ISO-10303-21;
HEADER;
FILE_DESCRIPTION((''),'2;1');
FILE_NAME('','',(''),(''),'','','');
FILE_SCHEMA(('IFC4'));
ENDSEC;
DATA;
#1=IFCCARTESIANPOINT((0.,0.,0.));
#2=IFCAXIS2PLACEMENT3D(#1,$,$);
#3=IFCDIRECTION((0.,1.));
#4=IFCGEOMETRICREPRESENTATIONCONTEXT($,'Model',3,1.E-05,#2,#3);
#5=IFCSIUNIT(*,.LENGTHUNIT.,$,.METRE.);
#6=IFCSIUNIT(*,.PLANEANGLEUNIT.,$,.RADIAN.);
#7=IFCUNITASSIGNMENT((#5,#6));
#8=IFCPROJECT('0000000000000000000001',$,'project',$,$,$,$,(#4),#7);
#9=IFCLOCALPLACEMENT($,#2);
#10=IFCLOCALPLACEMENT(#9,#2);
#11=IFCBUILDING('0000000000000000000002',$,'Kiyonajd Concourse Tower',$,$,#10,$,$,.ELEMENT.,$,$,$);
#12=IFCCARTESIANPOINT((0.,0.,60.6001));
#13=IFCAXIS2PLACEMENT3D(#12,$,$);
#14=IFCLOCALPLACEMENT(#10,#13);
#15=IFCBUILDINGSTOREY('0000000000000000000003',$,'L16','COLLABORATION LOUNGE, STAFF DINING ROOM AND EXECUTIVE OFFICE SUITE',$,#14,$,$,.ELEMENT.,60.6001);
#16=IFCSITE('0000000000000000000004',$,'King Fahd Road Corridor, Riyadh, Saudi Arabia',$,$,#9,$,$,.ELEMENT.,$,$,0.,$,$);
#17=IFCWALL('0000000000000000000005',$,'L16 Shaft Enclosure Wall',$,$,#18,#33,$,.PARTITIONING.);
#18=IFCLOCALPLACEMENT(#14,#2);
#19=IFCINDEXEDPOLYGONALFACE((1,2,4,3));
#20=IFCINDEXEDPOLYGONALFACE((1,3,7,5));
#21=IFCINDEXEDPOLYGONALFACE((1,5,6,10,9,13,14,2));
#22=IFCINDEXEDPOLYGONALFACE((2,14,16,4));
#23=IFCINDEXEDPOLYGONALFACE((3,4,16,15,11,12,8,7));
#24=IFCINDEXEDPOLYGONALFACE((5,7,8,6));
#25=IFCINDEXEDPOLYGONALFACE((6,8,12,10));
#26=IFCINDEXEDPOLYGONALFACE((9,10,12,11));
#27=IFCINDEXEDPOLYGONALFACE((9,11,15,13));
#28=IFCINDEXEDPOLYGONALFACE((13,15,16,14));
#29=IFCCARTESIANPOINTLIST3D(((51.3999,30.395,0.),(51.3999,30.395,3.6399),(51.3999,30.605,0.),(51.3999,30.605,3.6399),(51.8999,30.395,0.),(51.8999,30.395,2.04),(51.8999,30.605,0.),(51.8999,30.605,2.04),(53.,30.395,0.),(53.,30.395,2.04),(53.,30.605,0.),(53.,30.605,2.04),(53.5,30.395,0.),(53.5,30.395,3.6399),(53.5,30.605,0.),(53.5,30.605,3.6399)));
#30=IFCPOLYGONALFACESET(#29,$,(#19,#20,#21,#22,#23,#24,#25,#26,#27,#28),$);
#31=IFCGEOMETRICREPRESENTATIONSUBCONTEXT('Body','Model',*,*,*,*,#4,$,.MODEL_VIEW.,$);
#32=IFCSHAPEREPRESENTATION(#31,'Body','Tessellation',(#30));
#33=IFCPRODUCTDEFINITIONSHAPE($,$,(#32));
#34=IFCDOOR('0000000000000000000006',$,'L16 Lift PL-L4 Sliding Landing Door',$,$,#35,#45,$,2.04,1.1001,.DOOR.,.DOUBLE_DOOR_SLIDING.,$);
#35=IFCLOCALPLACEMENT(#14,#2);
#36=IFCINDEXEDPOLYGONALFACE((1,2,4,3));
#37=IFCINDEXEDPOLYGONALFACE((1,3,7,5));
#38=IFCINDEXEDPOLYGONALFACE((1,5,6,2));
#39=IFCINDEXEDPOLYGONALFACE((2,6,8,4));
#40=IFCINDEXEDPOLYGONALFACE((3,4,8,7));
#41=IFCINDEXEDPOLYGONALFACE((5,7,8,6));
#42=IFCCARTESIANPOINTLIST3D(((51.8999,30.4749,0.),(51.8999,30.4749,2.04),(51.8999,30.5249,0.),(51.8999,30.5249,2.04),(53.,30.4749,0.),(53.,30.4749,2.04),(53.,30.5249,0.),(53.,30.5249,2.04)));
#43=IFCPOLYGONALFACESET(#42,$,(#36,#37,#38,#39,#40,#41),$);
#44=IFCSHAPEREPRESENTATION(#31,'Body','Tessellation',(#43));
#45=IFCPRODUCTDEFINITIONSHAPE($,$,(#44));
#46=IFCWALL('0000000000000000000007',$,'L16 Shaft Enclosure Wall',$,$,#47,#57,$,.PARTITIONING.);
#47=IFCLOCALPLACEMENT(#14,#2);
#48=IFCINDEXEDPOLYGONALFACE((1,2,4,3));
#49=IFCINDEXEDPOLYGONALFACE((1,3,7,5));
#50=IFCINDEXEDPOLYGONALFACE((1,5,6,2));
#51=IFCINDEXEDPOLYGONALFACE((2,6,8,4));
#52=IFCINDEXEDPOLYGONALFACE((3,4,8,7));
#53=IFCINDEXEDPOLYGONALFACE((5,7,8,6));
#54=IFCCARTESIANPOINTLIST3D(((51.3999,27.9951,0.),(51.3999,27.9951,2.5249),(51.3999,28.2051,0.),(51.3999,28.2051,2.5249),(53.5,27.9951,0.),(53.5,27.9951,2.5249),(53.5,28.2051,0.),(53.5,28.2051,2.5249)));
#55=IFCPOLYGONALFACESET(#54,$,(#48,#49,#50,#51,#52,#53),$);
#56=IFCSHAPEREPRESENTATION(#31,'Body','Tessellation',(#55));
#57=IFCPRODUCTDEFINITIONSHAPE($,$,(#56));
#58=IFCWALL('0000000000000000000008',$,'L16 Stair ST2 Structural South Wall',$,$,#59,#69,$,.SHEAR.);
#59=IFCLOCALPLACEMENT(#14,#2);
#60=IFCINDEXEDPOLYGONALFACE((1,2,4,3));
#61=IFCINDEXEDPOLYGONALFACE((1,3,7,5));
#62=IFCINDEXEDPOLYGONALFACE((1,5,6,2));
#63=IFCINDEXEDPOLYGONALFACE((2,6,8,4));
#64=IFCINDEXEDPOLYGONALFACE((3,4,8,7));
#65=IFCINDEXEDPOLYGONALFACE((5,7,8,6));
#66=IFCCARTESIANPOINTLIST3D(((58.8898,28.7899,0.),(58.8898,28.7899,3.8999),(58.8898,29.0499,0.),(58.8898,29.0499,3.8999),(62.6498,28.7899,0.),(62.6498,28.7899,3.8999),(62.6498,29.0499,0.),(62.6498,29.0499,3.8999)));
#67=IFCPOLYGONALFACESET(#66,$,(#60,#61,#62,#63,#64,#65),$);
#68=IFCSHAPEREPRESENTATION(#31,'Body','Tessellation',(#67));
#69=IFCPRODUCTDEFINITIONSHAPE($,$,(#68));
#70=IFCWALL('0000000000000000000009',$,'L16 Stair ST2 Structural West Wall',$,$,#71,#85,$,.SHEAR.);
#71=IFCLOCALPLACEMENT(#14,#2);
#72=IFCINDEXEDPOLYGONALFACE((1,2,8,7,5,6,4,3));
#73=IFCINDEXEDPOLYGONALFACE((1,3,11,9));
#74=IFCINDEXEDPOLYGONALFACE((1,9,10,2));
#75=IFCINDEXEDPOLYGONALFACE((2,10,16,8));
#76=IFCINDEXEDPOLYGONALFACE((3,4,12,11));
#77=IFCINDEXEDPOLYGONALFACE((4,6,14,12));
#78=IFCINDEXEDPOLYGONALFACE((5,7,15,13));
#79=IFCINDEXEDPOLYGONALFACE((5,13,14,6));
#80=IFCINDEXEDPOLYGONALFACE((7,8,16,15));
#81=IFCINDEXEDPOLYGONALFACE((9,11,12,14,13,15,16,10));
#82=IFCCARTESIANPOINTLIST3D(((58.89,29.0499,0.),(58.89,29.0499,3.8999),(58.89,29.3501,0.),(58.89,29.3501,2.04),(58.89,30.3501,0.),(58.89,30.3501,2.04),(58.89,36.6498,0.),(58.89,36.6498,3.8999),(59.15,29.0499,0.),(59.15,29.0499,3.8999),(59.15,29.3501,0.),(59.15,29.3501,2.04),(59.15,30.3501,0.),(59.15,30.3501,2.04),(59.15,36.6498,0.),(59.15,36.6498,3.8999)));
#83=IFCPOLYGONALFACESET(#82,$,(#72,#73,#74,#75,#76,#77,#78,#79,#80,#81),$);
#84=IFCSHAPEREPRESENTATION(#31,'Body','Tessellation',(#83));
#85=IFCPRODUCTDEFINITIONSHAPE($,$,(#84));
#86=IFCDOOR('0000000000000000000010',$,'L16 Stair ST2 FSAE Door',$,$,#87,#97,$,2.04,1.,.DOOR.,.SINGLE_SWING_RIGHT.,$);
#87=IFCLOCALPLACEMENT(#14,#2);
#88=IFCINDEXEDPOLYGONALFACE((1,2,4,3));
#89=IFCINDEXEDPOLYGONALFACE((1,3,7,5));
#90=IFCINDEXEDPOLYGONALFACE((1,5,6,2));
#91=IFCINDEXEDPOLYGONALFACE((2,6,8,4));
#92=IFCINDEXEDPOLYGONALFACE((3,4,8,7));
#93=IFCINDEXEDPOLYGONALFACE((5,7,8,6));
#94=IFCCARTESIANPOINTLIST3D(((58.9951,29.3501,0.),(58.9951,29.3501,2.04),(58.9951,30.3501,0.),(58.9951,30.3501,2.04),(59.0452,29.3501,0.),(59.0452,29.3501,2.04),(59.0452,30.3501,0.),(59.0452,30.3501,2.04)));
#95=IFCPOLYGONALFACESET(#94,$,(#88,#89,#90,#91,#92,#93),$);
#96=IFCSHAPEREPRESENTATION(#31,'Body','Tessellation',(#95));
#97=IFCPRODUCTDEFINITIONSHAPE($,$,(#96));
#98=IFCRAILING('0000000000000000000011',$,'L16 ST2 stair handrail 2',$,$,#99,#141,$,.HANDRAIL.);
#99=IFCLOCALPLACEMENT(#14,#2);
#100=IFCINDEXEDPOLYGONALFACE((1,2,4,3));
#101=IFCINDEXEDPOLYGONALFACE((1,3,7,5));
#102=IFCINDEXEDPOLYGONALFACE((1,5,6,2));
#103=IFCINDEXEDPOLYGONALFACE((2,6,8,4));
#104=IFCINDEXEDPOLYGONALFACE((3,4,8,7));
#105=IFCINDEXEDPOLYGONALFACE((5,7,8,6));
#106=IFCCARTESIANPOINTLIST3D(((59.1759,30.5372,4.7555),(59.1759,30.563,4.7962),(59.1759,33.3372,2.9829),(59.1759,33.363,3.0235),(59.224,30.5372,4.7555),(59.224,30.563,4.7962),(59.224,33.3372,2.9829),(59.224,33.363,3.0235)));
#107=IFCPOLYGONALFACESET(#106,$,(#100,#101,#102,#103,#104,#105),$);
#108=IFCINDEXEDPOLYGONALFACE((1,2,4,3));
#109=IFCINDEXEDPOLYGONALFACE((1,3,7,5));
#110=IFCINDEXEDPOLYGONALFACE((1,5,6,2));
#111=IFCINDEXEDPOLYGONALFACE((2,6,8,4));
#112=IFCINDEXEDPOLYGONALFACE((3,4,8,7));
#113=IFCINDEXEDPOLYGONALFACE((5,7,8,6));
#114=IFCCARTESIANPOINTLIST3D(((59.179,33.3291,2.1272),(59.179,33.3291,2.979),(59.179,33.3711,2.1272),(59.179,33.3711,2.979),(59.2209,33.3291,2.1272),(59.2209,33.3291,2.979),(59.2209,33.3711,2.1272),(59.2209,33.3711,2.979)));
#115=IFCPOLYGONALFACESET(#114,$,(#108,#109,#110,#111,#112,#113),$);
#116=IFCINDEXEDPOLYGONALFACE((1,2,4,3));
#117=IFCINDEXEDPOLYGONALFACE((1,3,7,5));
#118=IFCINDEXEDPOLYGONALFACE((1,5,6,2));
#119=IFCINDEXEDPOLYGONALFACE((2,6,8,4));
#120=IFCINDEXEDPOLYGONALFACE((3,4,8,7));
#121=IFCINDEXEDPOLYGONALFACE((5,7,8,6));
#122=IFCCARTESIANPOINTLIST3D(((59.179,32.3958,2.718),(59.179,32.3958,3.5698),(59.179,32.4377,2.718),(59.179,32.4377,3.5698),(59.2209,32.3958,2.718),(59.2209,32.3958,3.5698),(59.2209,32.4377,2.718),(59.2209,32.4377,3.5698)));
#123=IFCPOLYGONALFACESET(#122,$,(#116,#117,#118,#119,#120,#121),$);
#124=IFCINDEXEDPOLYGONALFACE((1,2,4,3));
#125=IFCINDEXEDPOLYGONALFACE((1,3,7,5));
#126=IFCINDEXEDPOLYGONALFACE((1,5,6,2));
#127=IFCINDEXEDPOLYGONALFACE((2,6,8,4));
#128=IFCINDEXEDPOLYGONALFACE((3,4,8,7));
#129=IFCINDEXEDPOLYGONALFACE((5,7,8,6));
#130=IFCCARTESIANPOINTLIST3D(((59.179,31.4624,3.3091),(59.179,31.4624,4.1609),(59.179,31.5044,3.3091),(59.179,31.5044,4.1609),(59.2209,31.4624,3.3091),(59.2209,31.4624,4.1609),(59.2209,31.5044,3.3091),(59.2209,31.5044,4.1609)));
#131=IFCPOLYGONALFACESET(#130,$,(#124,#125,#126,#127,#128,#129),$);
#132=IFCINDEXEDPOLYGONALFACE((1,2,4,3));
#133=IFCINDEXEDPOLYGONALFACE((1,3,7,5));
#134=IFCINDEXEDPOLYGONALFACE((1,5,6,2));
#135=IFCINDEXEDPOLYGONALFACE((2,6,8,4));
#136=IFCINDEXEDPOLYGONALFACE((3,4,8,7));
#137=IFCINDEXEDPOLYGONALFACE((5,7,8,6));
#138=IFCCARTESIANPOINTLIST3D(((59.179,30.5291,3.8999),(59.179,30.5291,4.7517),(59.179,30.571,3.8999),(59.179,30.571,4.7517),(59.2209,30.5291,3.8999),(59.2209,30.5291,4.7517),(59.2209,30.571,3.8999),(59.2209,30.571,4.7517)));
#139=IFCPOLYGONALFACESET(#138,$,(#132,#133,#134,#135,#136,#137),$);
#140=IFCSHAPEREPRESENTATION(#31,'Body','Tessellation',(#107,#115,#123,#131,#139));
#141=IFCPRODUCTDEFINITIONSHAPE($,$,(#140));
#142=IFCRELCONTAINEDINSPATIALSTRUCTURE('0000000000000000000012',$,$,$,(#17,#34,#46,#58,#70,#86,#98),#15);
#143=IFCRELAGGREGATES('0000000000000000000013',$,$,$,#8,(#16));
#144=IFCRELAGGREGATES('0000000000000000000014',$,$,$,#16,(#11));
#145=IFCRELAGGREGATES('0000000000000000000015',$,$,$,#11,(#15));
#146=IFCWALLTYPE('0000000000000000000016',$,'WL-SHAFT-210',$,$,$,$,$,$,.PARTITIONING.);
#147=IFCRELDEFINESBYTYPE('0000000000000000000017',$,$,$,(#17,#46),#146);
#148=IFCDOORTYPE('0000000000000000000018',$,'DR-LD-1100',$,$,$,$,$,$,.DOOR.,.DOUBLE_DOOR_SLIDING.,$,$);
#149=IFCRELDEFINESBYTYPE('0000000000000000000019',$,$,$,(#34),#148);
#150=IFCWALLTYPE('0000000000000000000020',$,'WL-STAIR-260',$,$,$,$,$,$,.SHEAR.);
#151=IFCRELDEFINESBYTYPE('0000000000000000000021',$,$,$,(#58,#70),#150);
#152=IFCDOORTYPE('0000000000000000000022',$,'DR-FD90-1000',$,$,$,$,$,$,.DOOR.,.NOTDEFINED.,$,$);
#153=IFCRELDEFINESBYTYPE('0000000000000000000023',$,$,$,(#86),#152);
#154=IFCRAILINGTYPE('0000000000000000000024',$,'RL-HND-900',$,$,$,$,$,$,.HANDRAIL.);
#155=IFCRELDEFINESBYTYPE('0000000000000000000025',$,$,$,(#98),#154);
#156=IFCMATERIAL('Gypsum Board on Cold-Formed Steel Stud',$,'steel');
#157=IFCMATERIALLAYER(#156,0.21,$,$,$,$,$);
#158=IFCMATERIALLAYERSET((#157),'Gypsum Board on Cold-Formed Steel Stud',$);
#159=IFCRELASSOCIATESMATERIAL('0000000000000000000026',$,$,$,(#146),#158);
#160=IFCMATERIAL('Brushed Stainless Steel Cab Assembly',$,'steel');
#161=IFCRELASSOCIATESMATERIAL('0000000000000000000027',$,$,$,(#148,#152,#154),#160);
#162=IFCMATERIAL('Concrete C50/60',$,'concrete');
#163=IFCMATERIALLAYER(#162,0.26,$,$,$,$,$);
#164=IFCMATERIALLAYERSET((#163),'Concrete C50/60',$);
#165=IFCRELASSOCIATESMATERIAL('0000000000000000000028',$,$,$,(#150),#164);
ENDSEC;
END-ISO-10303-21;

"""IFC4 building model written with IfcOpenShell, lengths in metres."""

from ifc_helpers import new_model, si_unit, direction, frame, frame_2d, origin, origin_2d, place, context, subcontext, project, spatial, rectangle, extrude, material, layer, layer_set, type_object, element, fill, save


model = new_model("IFC4")

# Units and contexts
model_context = context("Model", 3, precision=1e-05, world=origin(), true_north=direction((0.0, 1.0)))
body_context = subcontext(model_context, "Body", "Model", "MODEL_VIEW")
ifc_project = project(units=[si_unit("LENGTHUNIT", "METRE"), si_unit("PLANEANGLEUNIT", "RADIAN")], contexts=[model_context])

# Site, building, storey
site_placement = place(None, origin())
site = spatial("IfcSite", under=ifc_project, at=site_placement, Name="King Fahd Road Corridor, Riyadh, Saudi Arabia", CompositionType="ELEMENT", RefElevation=0.0)
building_placement = place(site_placement, origin())
building = spatial("IfcBuilding", under=site, at=building_placement, Name="Kiyonajd Concourse Tower", CompositionType="ELEMENT")
storey_placement = place(building_placement, frame((0.0, 0.0, 60.6001)))
storey = spatial("IfcBuildingStorey", under=building, at=storey_placement, Name="L16", Description="COLLABORATION LOUNGE, STAFF DINING ROOM AND EXECUTIVE OFFICE SUITE", CompositionType="ELEMENT", Elevation=60.6001)

# Shared definitions
ifc_material_1 = material(Name="Concrete C50/60", Category="concrete")

# Shared definitions
ifc_material_2 = material(Name="Brushed Stainless Steel Cab Assembly", Category="steel")
ifc_material_3 = material(Name="Gypsum Board on Cold-Formed Steel Stud", Category="steel")
ifc_layer_1 = layer(ifc_material_3, 0.21)
ifc_layer_set_1 = layer_set([ifc_layer_1], Name="Gypsum Board on Cold-Formed Steel Stud")
wall_type_1 = type_object("IfcWallType", Name="WL-SHAFT-210", PredefinedType="PARTITIONING", material=ifc_layer_set_1)

# Wall, opening, door
wall_1_placement = place(storey_placement, frame((51.3999, 30.5, 0.0), z_axis=(0.0, 0.0, 1.0), x_axis=(1.0, 0.0, 0.0)))
wall_1 = element("IfcWall", 1, at=wall_1_placement, inside=storey, type_object=wall_type_1, Name="L16 Shaft Enclosure Wall", PredefinedType="PARTITIONING", context=body_context, shape_type="SweptSolid", body=[
    extrude(rectangle(XDim=2.1001, YDim=0.21, at=frame_2d((1.05, 0.0))), origin(), (0.0, 0.0, 1.0), 3.6399),
])
opening_1_placement = place(wall_1_placement, frame((0.5, 0.0, 0.0)))
opening_1 = element("IfcOpeningElement", 2, at=opening_1_placement, cuts=wall_1, PredefinedType="OPENING", context=body_context, shape_type="SweptSolid", body=[
    extrude(rectangle(XDim=1.1001, YDim=2.04, at=frame_2d((0.55, 1.02))), frame((0.0, 0.115, 0.0), z_axis=(0.0, -1.0, 0.0), x_axis=(1.0, 0.0, 0.0)), (0.0, 0.0, 1.0), 0.23),
])
door_type_1 = type_object("IfcDoorType", Name="DR-LD-1100", OperationType="DOUBLE_DOOR_SLIDING", PredefinedType="DOOR", material=ifc_material_2)
door_1_placement = place(opening_1_placement, origin())
door_1 = element("IfcDoor", 3, at=door_1_placement, inside=storey, type_object=door_type_1, Name="L16 Lift PL-L4 Sliding Landing Door", OperationType="DOUBLE_DOOR_SLIDING", OverallHeight=2.04, OverallWidth=1.1001, PredefinedType="DOOR", context=body_context, shape_type="SweptSolid", body=[
    extrude(rectangle(XDim=1.1001, YDim=2.04, at=frame_2d((0.55, 1.02))), frame((0.0, 0.0249, 0.0), z_axis=(0.0, -1.0, 0.0), x_axis=(1.0, 0.0, 0.0)), (0.0, 0.0, 1.0), 0.05),
])
fill(opening_1, door_1)

# Walls
wall_2_placement = place(storey_placement, frame((51.3999, 28.1001, 0.0), z_axis=(0.0, 0.0, 1.0), x_axis=(1.0, 0.0, 0.0)))
element("IfcWall", 4, at=wall_2_placement, inside=storey, type_object=wall_type_1, Name="L16 Shaft Enclosure Wall", PredefinedType="PARTITIONING", context=body_context, shape_type="SweptSolid", body=[
    extrude(rectangle(XDim=2.1001, YDim=0.21, at=frame_2d((1.05, 0.0))), origin(), (0.0, 0.0, 1.0), 2.5249),
])
ifc_layer_2 = layer(ifc_material_1, 0.26)
ifc_layer_set_2 = layer_set([ifc_layer_2], Name="Concrete C50/60")
wall_type_2 = type_object("IfcWallType", Name="WL-STAIR-260", PredefinedType="SHEAR", material=ifc_layer_set_2)
wall_3_placement = place(storey_placement, frame((58.8899, 28.9199, 0.0), z_axis=(0.0, 0.0, 1.0), x_axis=(1.0, 0.0, 0.0)))
element("IfcWall", 5, at=wall_3_placement, inside=storey, type_object=wall_type_2, Name="L16 Stair ST2 Structural South Wall", PredefinedType="SHEAR", context=body_context, shape_type="SweptSolid", body=[
    extrude(rectangle(XDim=3.76, YDim=0.26, at=frame_2d((1.8799, 0.0))), origin(), (0.0, 0.0, 1.0), 3.8999),
])

# Wall, opening, door
wall_4_placement = place(storey_placement, frame((59.02, 29.05, 0.0), z_axis=(0.0, 0.0, 1.0), x_axis=(0.0, 1.0, 0.0)))
wall_4 = element("IfcWall", 6, at=wall_4_placement, inside=storey, type_object=wall_type_2, Name="L16 Stair ST2 Structural West Wall", PredefinedType="SHEAR", context=body_context, shape_type="SweptSolid", body=[
    extrude(rectangle(XDim=7.5999, YDim=0.26, at=frame_2d((3.7998, 0.0))), origin(), (0.0, 0.0, 1.0), 3.8999),
])
opening_2_placement = place(wall_4_placement, frame((0.3, 0.0, 0.0)))
opening_2 = element("IfcOpeningElement", 7, at=opening_2_placement, cuts=wall_4, PredefinedType="OPENING", context=body_context, shape_type="SweptSolid", body=[
    extrude(rectangle(XDim=1.0, YDim=2.04, at=frame_2d((0.5, 1.02))), frame((0.0, 0.1399, 0.0), z_axis=(0.0, -1.0, 0.0), x_axis=(1.0, 0.0, 0.0)), (0.0, 0.0, 1.0), 0.28),
])
door_type_2 = type_object("IfcDoorType", Name="DR-FD90-1000", OperationType="NOTDEFINED", PredefinedType="DOOR", material=ifc_material_2)
door_2_placement = place(opening_2_placement, origin())
door_2 = element("IfcDoor", 8, at=door_2_placement, inside=storey, type_object=door_type_2, Name="L16 Stair ST2 FSAE Door", OperationType="SINGLE_SWING_RIGHT", OverallHeight=2.04, OverallWidth=1.0, PredefinedType="DOOR", context=body_context, shape_type="SweptSolid", body=[
    extrude(rectangle(XDim=1.0, YDim=2.04, at=frame_2d((0.5, 1.02))), frame((0.0, 0.0249, 0.0), z_axis=(0.0, -1.0, 0.0), x_axis=(1.0, 0.0, 0.0)), (0.0, 0.0, 1.0), 0.05),
])
fill(opening_2, door_2)

# Railing
railing_type = type_object("IfcRailingType", Name="RL-HND-900", PredefinedType="HANDRAIL", material=ifc_material_2)
railing_placement = place(storey_placement, frame((59.2, 33.3501, 2.1272)))
element("IfcRailing", 9, at=railing_placement, inside=storey, type_object=railing_type, Name="L16 ST2 stair handrail 2", PredefinedType="HANDRAIL", context=body_context, shape_type="SweptSolid", body=[
    extrude(rectangle(XDim=0.0481, YDim=0.0481, at=origin_2d()), frame((0.0, 0.0, 0.876), z_axis=(0.0, -0.844909, 0.53491), x_axis=(1.0, 0.0, 0.0)), (0.0, 0.0, 1.0), 3.314),
    extrude(rectangle(XDim=0.042, YDim=0.042, at=origin_2d()), origin(), (0.0, 0.0, 1.0), 0.8518),
    extrude(rectangle(XDim=0.042, YDim=0.042, at=origin_2d()), frame((0.0, -0.9333, 0.5908)), (0.0, 0.0, 1.0), 0.8518),
    extrude(rectangle(XDim=0.042, YDim=0.042, at=origin_2d()), frame((0.0, -1.8667, 1.1819)), (0.0, 0.0, 1.0), 0.8518),
    extrude(rectangle(XDim=0.042, YDim=0.042, at=origin_2d()), frame((0.0, -2.8, 1.7727)), (0.0, 0.0, 1.0), 0.8518),
])

save(model, "model.ifc")
